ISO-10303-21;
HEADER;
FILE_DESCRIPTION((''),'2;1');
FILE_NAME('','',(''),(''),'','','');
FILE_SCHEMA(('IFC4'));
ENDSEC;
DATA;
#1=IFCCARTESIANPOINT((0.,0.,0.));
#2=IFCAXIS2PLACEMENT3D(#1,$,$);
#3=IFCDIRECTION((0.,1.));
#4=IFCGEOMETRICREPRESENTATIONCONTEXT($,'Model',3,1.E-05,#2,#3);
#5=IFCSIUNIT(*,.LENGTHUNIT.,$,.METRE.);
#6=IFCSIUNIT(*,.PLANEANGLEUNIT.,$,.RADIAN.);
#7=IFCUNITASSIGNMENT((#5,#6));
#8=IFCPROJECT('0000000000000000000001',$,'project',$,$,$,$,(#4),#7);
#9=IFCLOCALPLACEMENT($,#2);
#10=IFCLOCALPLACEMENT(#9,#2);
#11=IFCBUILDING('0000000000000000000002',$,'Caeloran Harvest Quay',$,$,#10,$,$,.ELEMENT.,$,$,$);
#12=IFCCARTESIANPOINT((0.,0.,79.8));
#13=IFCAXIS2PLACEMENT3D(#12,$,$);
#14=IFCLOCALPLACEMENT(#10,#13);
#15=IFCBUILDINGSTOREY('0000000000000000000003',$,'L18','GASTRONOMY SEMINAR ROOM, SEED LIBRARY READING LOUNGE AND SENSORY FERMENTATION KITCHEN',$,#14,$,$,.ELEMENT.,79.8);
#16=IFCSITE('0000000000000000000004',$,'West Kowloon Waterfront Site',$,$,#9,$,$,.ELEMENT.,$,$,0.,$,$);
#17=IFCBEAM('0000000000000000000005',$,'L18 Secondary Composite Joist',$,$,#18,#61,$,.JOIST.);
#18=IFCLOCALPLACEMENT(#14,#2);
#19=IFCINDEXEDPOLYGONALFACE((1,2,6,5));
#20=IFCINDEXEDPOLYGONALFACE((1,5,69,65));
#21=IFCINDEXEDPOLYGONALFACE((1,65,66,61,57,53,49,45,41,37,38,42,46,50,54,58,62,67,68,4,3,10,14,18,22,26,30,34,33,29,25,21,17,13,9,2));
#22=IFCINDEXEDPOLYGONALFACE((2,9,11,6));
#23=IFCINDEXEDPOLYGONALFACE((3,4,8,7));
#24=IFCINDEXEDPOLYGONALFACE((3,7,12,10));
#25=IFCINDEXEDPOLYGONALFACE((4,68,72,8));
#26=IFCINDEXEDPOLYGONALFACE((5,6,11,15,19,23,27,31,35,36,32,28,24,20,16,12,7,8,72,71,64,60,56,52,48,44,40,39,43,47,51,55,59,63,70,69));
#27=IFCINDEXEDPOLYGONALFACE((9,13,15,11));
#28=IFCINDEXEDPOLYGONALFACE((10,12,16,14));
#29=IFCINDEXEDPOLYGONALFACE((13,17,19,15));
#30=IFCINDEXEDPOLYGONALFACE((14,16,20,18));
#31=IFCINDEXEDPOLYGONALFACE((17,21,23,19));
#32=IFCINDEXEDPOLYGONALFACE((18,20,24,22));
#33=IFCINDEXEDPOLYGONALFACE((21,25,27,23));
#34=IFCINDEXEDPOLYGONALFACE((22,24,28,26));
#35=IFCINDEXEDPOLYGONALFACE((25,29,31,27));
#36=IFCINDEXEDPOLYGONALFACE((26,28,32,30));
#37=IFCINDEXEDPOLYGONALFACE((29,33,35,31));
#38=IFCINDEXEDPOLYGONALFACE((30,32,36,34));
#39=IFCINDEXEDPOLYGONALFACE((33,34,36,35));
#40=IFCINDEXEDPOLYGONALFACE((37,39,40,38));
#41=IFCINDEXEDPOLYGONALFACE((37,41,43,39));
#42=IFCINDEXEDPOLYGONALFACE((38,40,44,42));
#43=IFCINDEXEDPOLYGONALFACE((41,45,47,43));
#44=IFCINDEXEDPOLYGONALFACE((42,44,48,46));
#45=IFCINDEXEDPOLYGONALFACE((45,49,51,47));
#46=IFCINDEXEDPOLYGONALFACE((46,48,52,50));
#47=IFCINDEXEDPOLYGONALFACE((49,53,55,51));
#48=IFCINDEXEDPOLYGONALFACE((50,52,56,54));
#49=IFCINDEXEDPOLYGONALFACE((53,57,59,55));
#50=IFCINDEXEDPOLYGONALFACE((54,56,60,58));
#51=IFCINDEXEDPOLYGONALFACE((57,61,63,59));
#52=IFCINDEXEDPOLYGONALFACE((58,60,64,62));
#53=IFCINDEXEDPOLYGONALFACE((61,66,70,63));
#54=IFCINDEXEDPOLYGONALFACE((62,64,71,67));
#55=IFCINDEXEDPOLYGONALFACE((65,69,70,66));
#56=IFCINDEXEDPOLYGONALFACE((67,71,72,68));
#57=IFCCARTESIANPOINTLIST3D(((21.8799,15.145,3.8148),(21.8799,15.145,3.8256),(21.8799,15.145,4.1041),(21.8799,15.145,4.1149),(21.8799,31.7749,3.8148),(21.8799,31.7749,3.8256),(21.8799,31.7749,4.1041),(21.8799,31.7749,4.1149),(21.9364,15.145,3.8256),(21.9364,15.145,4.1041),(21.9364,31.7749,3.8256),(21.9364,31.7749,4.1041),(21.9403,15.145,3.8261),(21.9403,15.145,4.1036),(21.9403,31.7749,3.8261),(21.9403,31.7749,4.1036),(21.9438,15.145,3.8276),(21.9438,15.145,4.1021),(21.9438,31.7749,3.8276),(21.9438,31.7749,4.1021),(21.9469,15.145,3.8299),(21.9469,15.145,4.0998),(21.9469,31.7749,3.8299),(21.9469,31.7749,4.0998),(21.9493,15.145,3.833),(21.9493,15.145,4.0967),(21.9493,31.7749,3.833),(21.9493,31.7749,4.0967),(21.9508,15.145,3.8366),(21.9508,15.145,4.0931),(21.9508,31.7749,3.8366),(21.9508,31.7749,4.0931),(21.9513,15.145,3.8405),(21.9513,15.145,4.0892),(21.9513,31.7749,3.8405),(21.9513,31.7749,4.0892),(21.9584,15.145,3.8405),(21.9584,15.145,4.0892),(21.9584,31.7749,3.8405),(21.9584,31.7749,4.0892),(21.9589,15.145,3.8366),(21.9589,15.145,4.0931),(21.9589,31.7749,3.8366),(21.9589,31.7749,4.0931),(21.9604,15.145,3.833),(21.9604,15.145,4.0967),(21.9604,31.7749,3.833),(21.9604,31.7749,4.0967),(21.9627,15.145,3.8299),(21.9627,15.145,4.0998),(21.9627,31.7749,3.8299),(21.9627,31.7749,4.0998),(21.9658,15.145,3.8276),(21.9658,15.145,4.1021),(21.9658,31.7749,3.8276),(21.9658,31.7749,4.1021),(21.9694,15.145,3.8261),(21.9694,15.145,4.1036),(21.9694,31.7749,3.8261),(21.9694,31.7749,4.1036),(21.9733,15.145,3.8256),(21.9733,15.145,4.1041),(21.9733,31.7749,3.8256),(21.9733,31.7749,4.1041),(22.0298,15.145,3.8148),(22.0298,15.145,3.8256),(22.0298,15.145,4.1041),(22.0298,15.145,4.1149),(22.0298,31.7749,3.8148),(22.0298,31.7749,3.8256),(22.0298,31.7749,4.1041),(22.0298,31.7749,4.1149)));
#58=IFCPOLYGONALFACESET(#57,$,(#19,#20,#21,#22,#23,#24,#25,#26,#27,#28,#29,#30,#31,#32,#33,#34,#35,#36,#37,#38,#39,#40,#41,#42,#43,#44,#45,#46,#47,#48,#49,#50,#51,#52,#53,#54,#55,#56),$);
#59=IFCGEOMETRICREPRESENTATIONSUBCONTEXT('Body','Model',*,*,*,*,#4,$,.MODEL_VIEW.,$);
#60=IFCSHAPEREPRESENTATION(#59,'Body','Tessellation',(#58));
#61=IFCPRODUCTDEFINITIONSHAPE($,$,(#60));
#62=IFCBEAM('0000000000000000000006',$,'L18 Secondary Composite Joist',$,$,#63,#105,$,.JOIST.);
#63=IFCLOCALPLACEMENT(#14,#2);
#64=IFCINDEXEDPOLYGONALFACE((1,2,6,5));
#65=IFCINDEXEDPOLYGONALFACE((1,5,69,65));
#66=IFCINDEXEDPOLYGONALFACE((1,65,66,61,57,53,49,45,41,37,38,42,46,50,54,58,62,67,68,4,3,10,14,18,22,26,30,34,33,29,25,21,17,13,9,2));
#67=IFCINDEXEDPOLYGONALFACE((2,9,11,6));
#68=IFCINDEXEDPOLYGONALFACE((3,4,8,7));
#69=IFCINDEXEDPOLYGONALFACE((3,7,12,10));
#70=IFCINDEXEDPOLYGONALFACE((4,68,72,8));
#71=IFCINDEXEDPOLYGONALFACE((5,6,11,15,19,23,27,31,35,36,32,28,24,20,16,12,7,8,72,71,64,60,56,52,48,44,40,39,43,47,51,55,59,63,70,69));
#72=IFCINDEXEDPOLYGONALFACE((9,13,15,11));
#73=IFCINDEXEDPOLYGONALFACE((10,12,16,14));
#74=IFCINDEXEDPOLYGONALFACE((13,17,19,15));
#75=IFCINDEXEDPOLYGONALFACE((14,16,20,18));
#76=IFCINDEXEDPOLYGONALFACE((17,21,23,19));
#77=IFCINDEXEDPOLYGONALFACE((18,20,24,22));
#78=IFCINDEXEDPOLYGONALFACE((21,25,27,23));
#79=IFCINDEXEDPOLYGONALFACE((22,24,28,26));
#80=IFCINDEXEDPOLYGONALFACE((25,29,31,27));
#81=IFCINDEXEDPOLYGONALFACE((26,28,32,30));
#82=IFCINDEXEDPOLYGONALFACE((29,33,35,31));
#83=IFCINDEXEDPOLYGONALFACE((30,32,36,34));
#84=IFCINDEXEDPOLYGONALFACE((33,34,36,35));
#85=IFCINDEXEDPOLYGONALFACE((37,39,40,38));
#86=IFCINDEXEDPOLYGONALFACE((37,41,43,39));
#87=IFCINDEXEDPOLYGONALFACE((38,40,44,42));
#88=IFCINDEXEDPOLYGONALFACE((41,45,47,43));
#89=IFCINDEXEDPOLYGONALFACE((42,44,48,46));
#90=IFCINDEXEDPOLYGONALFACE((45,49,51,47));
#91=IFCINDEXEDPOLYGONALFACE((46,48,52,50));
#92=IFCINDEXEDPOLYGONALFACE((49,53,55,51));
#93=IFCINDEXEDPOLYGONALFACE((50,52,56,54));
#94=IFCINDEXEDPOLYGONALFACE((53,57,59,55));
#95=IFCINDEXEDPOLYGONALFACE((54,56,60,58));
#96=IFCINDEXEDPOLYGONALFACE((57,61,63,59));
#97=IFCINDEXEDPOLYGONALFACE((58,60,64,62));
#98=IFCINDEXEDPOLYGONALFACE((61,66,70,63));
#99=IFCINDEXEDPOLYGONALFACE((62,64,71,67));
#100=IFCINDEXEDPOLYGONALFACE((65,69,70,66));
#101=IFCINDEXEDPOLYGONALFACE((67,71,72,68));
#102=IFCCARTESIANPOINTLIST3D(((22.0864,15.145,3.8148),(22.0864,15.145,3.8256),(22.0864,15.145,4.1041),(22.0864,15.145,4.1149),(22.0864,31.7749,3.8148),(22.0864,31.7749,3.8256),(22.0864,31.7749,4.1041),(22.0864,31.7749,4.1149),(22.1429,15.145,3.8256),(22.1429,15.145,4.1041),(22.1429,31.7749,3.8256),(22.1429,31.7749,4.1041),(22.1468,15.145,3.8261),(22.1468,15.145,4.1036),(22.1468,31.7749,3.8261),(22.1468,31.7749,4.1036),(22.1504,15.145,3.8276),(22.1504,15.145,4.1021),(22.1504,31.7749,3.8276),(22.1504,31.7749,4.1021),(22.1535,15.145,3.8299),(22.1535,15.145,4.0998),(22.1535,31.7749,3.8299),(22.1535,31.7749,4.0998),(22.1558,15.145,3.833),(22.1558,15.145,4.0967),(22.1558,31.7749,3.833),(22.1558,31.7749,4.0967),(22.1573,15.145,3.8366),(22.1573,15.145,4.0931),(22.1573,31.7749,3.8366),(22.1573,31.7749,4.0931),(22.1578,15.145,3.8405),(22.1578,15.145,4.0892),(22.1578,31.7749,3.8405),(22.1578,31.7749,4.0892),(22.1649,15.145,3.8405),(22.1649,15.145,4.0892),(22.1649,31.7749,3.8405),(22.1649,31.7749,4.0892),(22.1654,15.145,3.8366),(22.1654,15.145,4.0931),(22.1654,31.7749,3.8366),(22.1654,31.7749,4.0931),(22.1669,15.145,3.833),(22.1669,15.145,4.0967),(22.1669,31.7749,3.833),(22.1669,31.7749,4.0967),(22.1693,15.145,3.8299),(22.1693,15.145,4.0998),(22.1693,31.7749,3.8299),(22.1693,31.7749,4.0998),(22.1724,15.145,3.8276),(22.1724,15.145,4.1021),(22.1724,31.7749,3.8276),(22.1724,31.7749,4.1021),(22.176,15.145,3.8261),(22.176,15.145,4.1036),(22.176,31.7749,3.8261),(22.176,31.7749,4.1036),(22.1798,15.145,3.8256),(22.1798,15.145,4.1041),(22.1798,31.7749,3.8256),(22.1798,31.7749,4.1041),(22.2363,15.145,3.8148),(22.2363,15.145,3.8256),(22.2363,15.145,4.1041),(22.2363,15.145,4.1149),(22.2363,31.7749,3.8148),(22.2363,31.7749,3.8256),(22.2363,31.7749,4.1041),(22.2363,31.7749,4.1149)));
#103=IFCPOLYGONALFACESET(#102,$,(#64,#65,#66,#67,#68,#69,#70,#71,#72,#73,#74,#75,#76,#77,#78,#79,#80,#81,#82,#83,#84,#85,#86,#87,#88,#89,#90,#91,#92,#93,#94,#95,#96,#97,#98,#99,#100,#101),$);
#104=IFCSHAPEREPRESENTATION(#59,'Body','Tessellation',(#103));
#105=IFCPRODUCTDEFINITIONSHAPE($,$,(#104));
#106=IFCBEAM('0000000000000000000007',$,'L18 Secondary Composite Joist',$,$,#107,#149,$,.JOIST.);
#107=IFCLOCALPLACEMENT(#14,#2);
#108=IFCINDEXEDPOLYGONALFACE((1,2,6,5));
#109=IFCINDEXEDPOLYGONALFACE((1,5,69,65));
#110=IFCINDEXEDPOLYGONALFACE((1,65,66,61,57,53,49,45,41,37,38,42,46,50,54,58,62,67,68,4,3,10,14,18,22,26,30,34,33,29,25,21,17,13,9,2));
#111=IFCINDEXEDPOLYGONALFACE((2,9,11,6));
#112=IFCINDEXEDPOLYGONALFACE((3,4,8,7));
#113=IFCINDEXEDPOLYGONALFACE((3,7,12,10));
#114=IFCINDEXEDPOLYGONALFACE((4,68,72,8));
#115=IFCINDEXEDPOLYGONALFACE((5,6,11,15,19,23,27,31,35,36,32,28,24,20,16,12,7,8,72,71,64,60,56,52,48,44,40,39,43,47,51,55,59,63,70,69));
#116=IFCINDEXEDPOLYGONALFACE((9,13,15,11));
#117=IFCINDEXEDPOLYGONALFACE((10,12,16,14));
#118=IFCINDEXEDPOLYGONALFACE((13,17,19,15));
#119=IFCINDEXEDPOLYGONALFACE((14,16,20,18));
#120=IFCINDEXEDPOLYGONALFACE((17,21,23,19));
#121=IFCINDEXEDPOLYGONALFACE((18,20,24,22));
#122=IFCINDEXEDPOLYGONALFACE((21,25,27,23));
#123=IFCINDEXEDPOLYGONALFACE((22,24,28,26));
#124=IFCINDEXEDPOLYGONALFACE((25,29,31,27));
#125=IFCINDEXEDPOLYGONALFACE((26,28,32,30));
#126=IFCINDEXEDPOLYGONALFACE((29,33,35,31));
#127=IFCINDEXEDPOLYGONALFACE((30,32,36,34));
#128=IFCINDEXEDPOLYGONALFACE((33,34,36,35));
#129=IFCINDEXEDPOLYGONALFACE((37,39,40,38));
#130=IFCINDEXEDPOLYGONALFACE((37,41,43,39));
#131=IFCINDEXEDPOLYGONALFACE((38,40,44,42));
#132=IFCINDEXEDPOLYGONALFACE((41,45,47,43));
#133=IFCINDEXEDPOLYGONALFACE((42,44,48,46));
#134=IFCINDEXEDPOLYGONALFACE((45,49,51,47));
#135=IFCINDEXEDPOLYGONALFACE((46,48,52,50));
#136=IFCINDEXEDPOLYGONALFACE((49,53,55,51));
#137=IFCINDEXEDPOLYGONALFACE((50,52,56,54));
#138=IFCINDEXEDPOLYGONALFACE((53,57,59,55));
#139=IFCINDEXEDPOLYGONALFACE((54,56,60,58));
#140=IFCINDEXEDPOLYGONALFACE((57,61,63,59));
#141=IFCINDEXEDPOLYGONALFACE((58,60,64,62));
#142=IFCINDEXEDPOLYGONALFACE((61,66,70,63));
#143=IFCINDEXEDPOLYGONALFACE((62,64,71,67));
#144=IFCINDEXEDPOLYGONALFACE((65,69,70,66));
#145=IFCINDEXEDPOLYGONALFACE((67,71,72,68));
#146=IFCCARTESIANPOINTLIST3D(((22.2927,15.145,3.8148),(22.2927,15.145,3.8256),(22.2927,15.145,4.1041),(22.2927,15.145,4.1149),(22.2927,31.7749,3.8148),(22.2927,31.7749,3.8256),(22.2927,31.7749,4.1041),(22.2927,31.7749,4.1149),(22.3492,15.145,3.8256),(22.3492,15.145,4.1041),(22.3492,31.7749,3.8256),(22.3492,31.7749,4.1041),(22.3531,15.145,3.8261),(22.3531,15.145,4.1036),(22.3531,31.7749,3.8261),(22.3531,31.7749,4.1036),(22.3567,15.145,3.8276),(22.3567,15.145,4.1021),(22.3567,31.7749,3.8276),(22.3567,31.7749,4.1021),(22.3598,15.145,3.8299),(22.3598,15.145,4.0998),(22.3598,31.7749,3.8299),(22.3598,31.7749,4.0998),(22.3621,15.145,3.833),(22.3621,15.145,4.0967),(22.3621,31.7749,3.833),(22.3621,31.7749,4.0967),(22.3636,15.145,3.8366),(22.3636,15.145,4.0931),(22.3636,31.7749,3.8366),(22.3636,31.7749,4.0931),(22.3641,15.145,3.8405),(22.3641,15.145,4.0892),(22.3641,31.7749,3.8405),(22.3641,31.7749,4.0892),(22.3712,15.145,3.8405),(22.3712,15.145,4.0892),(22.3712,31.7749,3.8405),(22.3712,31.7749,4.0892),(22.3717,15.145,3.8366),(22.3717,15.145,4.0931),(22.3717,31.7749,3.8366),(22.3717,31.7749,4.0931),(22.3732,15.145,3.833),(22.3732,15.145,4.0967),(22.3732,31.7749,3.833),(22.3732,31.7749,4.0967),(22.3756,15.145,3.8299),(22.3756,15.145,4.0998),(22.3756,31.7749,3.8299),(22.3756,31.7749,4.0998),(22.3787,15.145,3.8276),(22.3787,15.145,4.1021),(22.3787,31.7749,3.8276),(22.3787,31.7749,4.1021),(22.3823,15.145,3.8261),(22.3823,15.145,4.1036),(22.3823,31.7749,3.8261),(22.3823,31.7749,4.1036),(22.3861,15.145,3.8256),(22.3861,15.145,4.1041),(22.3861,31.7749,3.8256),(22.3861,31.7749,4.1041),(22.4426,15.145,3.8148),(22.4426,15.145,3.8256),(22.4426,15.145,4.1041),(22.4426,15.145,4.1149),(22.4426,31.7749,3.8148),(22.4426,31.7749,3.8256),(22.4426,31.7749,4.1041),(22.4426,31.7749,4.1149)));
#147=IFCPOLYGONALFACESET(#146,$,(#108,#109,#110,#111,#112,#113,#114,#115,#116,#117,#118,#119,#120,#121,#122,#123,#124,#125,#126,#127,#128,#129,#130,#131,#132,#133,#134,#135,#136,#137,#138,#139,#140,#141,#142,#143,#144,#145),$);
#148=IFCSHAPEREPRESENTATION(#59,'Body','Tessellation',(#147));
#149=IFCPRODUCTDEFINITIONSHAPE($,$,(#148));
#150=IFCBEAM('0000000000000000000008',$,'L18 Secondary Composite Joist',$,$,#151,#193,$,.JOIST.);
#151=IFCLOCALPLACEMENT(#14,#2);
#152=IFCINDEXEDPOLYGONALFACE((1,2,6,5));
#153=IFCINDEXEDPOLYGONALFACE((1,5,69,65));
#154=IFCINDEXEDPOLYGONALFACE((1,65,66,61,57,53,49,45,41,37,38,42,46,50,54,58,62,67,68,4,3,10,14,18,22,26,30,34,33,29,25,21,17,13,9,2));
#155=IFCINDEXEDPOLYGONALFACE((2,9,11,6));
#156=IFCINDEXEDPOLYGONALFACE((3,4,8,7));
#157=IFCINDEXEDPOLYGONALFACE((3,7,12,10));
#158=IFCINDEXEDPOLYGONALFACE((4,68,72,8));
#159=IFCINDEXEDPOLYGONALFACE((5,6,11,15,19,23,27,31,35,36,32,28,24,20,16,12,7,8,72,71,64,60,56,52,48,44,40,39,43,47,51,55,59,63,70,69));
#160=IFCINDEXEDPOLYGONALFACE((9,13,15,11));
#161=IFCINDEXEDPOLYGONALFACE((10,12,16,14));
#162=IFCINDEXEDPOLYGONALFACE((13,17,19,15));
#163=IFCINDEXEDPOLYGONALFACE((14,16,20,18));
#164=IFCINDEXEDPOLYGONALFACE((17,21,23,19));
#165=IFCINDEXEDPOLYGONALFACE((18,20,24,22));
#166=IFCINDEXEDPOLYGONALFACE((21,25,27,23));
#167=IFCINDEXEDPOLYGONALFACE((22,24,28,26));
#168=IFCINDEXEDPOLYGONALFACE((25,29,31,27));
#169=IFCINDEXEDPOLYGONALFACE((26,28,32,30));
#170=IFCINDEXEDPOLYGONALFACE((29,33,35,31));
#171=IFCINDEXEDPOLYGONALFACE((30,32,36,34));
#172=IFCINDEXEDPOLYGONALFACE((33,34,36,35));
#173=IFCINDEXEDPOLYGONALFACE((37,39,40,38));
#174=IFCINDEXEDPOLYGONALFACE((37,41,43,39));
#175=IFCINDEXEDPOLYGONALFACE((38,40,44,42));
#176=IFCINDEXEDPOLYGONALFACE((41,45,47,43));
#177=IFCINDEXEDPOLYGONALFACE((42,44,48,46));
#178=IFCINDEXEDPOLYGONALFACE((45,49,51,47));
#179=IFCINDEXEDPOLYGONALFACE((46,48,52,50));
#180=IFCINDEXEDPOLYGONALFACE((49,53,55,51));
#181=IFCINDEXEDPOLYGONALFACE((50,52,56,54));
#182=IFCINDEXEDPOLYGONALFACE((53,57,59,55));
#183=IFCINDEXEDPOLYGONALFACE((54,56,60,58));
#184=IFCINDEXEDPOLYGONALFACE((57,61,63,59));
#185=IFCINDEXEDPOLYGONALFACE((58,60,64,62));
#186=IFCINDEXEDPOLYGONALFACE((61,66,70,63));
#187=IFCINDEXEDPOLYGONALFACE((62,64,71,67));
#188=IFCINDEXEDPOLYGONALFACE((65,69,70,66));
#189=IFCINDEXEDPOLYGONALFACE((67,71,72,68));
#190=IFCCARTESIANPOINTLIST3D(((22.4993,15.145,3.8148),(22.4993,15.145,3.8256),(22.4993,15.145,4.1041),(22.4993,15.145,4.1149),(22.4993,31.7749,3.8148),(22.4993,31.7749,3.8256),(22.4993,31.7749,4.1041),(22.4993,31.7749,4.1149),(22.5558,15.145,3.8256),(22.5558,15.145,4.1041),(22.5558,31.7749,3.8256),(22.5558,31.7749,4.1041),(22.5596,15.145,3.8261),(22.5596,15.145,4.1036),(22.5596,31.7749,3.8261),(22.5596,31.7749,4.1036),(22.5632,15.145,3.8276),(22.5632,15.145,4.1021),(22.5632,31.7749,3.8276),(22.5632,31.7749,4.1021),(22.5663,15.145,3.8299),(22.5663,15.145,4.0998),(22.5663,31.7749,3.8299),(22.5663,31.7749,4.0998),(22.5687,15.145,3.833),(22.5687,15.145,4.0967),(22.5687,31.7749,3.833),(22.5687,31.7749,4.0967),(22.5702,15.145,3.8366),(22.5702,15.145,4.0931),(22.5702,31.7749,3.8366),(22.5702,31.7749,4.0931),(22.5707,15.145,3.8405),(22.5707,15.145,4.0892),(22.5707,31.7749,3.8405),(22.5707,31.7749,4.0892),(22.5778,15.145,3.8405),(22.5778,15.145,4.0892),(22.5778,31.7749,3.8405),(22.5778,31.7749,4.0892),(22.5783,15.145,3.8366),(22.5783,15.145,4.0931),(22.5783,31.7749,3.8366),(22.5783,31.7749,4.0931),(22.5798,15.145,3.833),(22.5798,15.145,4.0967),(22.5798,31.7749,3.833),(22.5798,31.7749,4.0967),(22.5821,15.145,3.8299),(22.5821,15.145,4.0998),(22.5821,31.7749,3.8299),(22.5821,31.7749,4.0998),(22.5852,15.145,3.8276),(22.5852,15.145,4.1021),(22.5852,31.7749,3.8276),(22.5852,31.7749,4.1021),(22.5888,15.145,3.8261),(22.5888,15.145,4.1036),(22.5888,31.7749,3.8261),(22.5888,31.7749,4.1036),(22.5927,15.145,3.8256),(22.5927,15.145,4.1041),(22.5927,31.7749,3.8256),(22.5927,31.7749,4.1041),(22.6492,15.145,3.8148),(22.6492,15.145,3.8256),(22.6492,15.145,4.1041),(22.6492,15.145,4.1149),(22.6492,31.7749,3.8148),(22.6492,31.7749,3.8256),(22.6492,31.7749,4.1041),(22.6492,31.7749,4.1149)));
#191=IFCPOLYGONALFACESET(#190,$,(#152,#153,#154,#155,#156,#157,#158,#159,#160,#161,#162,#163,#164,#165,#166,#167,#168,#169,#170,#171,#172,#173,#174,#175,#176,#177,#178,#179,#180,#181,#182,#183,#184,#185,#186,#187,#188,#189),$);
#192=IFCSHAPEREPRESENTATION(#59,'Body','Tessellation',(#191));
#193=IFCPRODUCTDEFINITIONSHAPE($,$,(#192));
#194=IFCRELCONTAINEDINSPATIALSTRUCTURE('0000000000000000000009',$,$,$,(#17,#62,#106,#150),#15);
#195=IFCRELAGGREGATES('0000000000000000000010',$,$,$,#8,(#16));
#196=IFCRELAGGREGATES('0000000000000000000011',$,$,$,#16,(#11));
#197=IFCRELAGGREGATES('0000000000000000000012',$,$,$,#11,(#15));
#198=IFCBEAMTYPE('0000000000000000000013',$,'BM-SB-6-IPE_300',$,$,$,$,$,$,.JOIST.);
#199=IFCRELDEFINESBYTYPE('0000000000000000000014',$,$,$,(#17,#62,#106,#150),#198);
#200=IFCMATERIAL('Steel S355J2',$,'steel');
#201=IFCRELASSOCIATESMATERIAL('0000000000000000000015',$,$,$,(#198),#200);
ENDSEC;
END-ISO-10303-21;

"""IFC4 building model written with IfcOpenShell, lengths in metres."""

from ifc_helpers import new_model, si_unit, direction, frame, origin, origin_2d, place, context, subcontext, project, spatial, i_section, extrude, material, material_profile, profile_set, type_object, element, save


model = new_model("IFC4")

# Units and contexts
model_context = context("Model", 3, precision=1e-05, world=origin(), true_north=direction((0.0, 1.0)))
body_context = subcontext(model_context, "Body", "Model", "MODEL_VIEW")
ifc_project = project(units=[si_unit("LENGTHUNIT", "METRE"), si_unit("PLANEANGLEUNIT", "RADIAN")], contexts=[model_context])

# Site, building, storey
site_placement = place(None, origin())
site = spatial("IfcSite", under=ifc_project, at=site_placement, Name="West Kowloon Waterfront Site", CompositionType="ELEMENT", RefElevation=0.0)
building_placement = place(site_placement, origin())
building = spatial("IfcBuilding", under=site, at=building_placement, Name="Caeloran Harvest Quay", CompositionType="ELEMENT")
storey_placement = place(building_placement, frame((0.0, 0.0, 79.8)))
storey = spatial("IfcBuildingStorey", under=building, at=storey_placement, Name="L18", Description="GASTRONOMY SEMINAR ROOM, SEED LIBRARY READING LOUNGE AND SENSORY FERMENTATION KITCHEN", CompositionType="ELEMENT", Elevation=79.8)

# Beams
ifc_material_1 = material(Name="Steel S355J2", Category="steel")
ifc_material_profile_1 = material_profile(ifc_material_1, i_section(OverallWidth=0.1499, OverallDepth=0.3, WebThickness=0.0071, FlangeThickness=0.0107, FilletRadius=0.0149, at=origin_2d()), Name="IPE 300")
ifc_profile_set_1 = profile_set([ifc_material_profile_1], Name="Steel S355J2")
beam_type_1 = type_object("IfcBeamType", Name="BM-SB-6-IPE_300", PredefinedType="JOIST", material=ifc_profile_set_1)
for number, where, z_axis, x_axis, name in (
    (1, (21.9548, 15.145, 3.9648), (0.0, 1.0, 0.0), (-1.0, 0.0, 0.0), "L18 Secondary Composite Joist"),
    (2, (22.1614, 15.145, 3.9648), (0.0, 1.0, 0.0), (-1.0, 0.0, 0.0), "L18 Secondary Composite Joist"),
    (3, (22.3677, 15.145, 3.9648), (0.0, 1.0, 0.0), (-1.0, 0.0, 0.0), "L18 Secondary Composite Joist"),
    (4, (22.5742, 15.145, 3.9648), (0.0, 1.0, 0.0), (-1.0, 0.0, 0.0), "L18 Secondary Composite Joist"),
):
    element("IfcBeam", number, at=place(storey_placement, frame(where, z_axis=z_axis, x_axis=x_axis)), inside=storey, type_object=beam_type_1, Name=name, PredefinedType="JOIST", context=body_context, shape_type="SweptSolid", body=[
        extrude(i_section(OverallWidth=0.1499, OverallDepth=0.3, WebThickness=0.0071, FlangeThickness=0.0107, FilletRadius=0.0149, at=origin_2d()), origin(), (0.0, 0.0, 1.0), 16.6299),
    ])

save(model, "model.ifc")
